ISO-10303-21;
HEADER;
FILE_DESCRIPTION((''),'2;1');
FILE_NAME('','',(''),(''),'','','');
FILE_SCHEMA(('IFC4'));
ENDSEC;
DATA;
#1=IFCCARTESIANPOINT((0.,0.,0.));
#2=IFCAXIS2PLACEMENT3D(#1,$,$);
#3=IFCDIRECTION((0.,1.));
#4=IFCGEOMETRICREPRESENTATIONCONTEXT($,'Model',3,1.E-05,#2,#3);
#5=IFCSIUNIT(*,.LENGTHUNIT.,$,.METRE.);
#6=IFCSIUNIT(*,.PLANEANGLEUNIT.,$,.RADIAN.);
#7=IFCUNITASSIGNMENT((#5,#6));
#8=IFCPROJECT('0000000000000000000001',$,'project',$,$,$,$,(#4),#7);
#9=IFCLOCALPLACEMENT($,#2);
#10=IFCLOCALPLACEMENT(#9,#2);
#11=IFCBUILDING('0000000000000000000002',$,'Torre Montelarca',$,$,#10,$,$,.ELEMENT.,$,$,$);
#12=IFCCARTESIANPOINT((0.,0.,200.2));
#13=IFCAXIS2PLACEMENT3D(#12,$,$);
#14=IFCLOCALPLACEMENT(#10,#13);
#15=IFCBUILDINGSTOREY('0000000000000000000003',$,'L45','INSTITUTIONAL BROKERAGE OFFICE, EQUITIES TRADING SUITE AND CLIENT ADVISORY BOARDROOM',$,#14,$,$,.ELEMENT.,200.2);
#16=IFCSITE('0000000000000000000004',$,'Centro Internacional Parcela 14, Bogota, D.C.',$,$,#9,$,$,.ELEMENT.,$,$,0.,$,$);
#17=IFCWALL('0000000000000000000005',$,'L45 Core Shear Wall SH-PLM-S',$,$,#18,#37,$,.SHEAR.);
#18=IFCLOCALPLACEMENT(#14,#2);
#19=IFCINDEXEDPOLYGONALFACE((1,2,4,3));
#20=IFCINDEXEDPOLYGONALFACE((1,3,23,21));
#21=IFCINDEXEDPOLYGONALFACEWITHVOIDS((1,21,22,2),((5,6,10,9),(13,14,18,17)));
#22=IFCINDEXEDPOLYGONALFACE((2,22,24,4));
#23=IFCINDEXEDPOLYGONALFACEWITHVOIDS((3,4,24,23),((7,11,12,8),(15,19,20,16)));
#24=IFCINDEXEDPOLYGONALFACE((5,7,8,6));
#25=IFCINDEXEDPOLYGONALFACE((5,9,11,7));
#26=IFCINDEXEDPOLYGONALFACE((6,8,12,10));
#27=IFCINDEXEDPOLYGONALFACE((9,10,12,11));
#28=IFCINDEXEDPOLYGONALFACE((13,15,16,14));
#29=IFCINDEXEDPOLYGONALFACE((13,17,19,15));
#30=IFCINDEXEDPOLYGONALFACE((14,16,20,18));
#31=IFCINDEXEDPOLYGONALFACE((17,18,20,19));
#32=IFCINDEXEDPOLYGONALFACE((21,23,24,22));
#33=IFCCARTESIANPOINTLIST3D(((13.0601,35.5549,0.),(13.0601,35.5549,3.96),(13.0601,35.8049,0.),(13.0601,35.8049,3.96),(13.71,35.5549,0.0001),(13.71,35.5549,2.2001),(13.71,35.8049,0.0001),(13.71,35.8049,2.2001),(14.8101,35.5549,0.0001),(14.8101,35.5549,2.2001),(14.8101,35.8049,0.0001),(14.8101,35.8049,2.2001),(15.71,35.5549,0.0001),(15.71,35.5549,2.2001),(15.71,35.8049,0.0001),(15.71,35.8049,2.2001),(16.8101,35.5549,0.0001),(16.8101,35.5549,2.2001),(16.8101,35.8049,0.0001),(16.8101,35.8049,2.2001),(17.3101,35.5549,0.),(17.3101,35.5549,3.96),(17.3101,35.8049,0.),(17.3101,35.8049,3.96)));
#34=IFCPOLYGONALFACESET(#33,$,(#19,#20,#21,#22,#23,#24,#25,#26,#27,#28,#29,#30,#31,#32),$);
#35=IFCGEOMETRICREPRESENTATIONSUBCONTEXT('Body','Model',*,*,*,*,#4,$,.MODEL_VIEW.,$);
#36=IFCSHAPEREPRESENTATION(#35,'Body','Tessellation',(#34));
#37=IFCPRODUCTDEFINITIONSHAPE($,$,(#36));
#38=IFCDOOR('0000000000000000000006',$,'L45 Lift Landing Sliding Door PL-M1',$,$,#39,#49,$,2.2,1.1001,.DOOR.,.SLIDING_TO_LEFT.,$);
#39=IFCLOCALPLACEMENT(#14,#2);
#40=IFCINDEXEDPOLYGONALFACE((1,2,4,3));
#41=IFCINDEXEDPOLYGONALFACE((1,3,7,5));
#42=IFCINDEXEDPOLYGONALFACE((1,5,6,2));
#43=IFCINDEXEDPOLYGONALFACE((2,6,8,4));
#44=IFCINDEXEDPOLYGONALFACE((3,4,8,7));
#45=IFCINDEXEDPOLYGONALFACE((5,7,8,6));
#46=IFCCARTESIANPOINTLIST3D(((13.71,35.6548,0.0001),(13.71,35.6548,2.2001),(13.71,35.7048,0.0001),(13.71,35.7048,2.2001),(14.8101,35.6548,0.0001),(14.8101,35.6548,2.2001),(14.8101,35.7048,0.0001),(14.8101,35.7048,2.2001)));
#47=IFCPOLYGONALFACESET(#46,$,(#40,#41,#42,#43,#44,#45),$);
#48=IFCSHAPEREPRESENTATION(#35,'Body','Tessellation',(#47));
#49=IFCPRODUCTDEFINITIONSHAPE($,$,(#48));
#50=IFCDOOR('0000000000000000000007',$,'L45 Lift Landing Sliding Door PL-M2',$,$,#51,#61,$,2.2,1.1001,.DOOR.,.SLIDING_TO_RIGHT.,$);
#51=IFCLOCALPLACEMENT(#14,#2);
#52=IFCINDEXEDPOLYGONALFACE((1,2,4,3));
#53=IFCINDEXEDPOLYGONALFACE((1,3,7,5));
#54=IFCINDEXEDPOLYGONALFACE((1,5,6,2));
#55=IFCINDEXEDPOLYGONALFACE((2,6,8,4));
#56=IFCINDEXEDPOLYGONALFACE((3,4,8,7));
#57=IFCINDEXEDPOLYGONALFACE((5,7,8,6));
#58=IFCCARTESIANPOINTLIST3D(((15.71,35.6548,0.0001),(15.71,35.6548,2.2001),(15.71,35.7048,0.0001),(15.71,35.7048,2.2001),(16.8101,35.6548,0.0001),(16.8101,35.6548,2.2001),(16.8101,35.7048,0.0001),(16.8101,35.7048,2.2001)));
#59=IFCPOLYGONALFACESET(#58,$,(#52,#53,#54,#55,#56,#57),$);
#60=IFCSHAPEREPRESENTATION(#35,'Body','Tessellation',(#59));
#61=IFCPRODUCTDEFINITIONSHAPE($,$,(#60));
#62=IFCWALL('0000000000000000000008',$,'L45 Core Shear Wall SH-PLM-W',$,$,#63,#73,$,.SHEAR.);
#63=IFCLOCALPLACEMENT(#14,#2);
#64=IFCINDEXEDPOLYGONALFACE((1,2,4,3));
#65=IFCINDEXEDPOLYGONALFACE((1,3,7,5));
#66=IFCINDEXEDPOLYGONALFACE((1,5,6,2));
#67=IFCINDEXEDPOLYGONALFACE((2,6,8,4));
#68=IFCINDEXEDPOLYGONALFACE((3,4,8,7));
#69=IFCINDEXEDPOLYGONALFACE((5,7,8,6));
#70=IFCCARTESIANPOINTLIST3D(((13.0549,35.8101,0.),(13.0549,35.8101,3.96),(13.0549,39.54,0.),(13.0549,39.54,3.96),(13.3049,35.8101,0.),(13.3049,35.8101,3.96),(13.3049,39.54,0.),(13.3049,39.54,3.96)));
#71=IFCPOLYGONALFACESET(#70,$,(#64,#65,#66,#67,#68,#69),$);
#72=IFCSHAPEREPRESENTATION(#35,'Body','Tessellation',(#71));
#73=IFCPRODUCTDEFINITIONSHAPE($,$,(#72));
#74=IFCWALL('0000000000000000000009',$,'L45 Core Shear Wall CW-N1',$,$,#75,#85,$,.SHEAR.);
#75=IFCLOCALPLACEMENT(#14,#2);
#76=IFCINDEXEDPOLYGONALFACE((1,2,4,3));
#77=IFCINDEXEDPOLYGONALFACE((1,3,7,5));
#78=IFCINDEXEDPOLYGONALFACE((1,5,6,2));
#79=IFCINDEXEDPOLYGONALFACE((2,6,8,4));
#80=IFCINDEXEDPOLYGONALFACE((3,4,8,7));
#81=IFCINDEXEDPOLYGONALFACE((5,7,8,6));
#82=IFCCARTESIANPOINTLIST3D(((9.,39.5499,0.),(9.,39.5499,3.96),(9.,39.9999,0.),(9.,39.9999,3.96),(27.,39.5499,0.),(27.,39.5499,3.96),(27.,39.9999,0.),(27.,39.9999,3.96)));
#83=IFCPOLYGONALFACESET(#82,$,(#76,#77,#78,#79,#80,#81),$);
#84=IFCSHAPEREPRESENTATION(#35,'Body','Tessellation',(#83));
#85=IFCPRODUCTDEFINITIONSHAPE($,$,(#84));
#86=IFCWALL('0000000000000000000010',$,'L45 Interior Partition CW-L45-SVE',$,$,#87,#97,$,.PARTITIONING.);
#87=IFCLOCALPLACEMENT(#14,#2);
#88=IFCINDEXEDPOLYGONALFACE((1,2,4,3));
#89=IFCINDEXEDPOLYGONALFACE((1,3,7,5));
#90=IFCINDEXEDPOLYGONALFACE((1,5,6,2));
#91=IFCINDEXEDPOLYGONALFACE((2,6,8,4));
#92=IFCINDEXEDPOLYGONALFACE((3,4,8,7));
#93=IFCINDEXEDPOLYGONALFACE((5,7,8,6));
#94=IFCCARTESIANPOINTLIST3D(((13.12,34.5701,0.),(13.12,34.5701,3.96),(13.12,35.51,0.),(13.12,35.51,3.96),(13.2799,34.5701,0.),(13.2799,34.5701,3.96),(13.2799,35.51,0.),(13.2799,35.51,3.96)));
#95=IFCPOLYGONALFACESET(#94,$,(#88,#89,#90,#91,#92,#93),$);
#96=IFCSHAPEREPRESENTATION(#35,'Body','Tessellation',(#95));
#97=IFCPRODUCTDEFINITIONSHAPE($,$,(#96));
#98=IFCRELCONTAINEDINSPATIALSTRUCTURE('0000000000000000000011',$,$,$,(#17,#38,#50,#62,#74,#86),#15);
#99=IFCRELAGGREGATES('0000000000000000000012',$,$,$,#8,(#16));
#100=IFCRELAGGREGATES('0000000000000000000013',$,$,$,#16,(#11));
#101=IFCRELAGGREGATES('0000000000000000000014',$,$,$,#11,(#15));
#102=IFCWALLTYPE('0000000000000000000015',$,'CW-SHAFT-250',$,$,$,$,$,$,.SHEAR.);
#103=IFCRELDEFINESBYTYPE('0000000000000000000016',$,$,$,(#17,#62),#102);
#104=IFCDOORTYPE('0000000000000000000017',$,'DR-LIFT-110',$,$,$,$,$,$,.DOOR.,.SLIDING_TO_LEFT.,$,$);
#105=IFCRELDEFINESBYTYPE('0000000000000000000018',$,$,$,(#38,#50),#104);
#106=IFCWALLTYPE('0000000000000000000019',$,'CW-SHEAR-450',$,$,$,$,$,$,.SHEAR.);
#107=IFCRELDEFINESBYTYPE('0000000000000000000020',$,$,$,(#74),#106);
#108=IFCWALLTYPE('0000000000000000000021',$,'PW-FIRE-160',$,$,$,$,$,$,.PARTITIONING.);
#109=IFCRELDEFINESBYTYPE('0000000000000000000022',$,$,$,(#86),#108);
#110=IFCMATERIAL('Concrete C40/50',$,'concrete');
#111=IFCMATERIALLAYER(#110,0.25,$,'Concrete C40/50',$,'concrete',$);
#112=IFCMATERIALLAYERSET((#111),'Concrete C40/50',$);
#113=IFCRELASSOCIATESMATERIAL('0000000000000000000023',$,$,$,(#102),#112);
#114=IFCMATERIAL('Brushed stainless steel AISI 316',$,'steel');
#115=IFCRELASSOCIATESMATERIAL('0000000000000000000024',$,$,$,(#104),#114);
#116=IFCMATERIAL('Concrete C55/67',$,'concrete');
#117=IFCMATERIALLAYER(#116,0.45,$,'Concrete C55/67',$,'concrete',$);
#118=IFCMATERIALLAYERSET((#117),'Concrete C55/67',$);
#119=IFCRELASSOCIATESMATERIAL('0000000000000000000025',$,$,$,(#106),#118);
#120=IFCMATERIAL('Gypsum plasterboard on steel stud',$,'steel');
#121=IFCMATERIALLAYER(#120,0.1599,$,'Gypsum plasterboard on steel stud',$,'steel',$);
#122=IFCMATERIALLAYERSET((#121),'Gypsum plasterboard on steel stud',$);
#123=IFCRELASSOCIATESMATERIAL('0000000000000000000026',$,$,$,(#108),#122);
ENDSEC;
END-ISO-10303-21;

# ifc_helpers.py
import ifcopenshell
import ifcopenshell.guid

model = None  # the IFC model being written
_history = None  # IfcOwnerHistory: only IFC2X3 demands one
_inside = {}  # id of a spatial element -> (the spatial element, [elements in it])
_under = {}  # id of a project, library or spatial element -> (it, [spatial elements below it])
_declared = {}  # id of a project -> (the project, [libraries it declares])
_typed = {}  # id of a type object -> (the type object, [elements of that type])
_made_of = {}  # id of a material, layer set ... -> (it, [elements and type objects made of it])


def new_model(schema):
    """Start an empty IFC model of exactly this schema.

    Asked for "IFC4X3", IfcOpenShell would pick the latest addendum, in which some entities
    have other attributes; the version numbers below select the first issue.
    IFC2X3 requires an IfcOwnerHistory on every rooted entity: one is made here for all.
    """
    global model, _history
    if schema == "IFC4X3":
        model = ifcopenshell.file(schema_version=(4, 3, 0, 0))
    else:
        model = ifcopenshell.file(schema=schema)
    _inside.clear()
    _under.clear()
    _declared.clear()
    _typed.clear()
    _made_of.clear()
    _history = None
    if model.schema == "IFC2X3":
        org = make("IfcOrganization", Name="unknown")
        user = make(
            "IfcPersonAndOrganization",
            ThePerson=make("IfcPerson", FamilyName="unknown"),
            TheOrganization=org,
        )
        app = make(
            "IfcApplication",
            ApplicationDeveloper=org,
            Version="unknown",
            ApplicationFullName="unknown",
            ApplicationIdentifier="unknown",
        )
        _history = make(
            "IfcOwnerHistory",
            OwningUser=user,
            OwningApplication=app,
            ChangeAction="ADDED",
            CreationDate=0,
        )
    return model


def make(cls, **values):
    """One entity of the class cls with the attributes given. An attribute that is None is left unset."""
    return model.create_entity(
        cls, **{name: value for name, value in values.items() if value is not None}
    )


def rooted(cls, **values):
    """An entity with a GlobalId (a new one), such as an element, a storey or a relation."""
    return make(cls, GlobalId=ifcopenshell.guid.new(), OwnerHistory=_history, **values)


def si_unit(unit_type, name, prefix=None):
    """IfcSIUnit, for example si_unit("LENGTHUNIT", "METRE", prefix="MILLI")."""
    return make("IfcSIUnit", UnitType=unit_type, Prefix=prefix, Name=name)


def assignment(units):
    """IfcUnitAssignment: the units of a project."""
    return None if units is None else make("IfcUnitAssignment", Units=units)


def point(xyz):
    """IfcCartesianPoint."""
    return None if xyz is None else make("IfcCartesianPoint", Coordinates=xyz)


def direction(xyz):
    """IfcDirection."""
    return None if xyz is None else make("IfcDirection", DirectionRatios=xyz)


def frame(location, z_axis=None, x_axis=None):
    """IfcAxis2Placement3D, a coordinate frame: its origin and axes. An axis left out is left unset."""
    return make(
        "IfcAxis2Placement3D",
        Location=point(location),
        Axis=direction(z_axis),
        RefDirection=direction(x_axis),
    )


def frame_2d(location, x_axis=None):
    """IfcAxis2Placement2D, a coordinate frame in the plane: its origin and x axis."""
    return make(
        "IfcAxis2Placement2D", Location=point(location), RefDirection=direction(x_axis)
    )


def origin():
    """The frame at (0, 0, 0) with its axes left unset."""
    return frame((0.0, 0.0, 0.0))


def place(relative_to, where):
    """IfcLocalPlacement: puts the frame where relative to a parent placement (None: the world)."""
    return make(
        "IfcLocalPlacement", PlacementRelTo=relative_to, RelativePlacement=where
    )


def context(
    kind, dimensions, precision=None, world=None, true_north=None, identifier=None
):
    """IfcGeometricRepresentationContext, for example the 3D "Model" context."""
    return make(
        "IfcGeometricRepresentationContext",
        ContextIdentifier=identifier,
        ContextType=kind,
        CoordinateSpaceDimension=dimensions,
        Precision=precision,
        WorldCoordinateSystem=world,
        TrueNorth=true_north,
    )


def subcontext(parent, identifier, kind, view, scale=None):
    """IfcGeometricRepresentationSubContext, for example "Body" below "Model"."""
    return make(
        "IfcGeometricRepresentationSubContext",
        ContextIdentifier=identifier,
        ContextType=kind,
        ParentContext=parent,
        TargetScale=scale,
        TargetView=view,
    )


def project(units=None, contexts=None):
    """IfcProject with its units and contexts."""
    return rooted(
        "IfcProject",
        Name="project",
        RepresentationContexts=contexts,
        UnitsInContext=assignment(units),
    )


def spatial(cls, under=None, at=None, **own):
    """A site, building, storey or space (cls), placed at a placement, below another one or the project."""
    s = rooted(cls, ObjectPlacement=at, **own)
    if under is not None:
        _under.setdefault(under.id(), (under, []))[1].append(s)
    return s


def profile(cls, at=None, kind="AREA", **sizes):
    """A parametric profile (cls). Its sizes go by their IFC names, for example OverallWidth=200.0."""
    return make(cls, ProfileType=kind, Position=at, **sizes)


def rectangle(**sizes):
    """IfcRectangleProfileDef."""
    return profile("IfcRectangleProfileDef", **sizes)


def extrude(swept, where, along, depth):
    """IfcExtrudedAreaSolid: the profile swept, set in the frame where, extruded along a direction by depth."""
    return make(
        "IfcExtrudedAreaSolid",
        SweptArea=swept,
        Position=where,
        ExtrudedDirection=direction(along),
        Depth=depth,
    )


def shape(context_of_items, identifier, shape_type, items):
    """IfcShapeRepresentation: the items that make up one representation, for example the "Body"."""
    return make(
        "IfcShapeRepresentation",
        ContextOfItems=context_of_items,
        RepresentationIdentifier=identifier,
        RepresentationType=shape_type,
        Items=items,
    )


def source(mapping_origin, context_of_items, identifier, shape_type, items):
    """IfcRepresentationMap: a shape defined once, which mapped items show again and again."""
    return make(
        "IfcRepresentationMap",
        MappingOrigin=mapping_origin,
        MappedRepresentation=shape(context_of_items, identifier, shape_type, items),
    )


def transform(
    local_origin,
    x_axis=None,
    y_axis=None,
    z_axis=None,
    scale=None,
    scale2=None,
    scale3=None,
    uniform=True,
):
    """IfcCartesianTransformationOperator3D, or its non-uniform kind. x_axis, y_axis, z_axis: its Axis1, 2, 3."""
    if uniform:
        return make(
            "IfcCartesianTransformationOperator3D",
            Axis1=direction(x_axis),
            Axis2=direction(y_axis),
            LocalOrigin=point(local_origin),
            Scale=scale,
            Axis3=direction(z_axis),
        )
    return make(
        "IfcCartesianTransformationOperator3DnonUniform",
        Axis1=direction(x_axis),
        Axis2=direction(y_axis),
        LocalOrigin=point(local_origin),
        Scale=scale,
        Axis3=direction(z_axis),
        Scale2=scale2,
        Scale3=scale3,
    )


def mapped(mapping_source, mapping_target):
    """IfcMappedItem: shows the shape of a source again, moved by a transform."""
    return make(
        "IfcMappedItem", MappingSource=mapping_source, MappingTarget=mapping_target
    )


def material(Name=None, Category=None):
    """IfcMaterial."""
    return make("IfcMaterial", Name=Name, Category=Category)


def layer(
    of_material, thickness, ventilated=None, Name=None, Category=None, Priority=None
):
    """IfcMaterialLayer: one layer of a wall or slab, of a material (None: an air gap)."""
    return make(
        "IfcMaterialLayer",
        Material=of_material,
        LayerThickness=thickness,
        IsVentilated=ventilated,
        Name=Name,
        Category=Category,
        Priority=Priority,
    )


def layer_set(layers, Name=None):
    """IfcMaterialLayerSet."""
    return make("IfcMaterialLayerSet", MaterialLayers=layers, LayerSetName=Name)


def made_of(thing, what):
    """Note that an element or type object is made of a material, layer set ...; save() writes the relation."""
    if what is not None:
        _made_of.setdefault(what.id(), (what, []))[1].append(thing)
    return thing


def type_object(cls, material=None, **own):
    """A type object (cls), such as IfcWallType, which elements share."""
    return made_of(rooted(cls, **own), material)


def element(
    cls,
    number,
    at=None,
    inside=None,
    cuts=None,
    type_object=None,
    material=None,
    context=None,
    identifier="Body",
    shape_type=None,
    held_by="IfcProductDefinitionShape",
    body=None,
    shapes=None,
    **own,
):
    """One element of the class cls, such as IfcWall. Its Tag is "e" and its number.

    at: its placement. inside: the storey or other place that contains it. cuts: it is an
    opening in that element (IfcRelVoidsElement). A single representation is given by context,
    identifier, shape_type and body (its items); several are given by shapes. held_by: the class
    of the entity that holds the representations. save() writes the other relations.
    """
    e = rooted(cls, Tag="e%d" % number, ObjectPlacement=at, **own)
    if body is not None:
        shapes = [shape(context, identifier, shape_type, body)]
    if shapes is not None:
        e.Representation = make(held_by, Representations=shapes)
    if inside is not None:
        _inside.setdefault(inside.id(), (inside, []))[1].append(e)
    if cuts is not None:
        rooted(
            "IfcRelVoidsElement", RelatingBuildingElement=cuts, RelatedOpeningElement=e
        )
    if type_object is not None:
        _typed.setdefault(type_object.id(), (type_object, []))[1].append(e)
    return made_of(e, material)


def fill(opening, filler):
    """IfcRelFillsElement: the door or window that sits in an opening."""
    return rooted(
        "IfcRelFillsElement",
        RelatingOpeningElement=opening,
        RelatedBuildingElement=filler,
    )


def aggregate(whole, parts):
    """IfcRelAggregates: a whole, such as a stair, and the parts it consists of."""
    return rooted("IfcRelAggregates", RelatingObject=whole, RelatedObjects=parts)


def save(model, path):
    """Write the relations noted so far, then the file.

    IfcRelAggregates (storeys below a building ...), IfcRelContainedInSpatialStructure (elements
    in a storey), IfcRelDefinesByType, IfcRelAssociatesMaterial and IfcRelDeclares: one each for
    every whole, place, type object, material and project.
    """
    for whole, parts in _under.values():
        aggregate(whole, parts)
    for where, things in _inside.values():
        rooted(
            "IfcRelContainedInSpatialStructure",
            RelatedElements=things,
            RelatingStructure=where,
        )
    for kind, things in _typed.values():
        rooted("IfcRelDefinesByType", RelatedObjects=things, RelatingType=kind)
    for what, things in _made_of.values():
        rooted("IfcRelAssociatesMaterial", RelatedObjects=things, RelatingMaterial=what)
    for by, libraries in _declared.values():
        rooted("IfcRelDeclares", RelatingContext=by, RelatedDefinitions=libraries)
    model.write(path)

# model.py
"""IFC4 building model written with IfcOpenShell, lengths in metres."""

from ifc_helpers import new_model, si_unit, direction, frame, frame_2d, origin, place, context, subcontext, project, spatial, rectangle, extrude, source, transform, mapped, material, layer, layer_set, type_object, element, fill, save


model = new_model("IFC4")

# Units and contexts
model_context = context("Model", 3, precision=1e-05, world=origin(), true_north=direction((0.0, 1.0)))
body_context = subcontext(model_context, "Body", "Model", "MODEL_VIEW")
ifc_project = project(units=[si_unit("LENGTHUNIT", "METRE"), si_unit("PLANEANGLEUNIT", "RADIAN")], contexts=[model_context])

# Site, building, storey
site_placement = place(None, origin())
site = spatial("IfcSite", under=ifc_project, at=site_placement, Name="Centro Internacional Parcela 14, Bogota, D.C.", CompositionType="ELEMENT", RefElevation=0.0)
building_placement = place(site_placement, origin())
building = spatial("IfcBuilding", under=site, at=building_placement, Name="Torre Montelarca", CompositionType="ELEMENT")
storey_placement = place(building_placement, frame((0.0, 0.0, 200.2)))
storey = spatial("IfcBuildingStorey", under=building, at=storey_placement, Name="L45", Description="INSTITUTIONAL BROKERAGE OFFICE, EQUITIES TRADING SUITE AND CLIENT ADVISORY BOARDROOM", CompositionType="ELEMENT", Elevation=200.2)

# Shared definitions
ifc_material_1 = material(Name="Concrete C55/67", Category="concrete")

# Shared definitions
ifc_material_2 = material(Name="Concrete C40/50", Category="concrete")
ifc_layer_1 = layer(ifc_material_2, 0.25, Name="Concrete C40/50", Category="concrete")
ifc_layer_set_1 = layer_set([ifc_layer_1], Name="Concrete C40/50")
wall_type_1 = type_object("IfcWallType", Name="CW-SHAFT-250", PredefinedType="SHEAR", material=ifc_layer_set_1)
ifc_material_3 = material(Name="Brushed stainless steel AISI 316", Category="steel")

# Wall, openings, doors
wall_1_placement = place(storey_placement, frame((13.0601, 35.6799, 0.0), z_axis=(0.0, 0.0, 1.0), x_axis=(1.0, 0.0, 0.0)))
wall_1 = element("IfcWall", 1, at=wall_1_placement, inside=storey, type_object=wall_type_1, Name="L45 Core Shear Wall SH-PLM-S", PredefinedType="SHEAR", context=body_context, shape_type="SweptSolid", body=[
    extrude(rectangle(XDim=4.25, YDim=0.25, at=frame_2d((2.125, 0.0))), origin(), (0.0, 0.0, 1.0), 3.96),
])
opening_1_placement = place(wall_1_placement, frame((0.6499, 0.0, 0.0)))
opening_1 = element("IfcOpeningElement", 2, at=opening_1_placement, cuts=wall_1, PredefinedType="OPENING", context=body_context, shape_type="SweptSolid", body=[
    extrude(rectangle(XDim=1.1001, YDim=2.2, at=frame_2d((0.55, 1.1001))), frame((0.0, 0.135, 0.0), z_axis=(0.0, -1.0, 0.0), x_axis=(1.0, 0.0, 0.0)), (0.0, 0.0, 1.0), 0.27),
])
opening_2_placement = place(wall_1_placement, frame((2.6499, 0.0, 0.0)))
opening_2 = element("IfcOpeningElement", 3, at=opening_2_placement, cuts=wall_1, PredefinedType="OPENING", context=body_context, shape_type="SweptSolid", body=[
    extrude(rectangle(XDim=1.1001, YDim=2.2, at=frame_2d((0.55, 1.1001))), frame((0.0, 0.135, 0.0), z_axis=(0.0, -1.0, 0.0), x_axis=(1.0, 0.0, 0.0)), (0.0, 0.0, 1.0), 0.27),
])
door_type_1 = type_object("IfcDoorType", Name="DR-LIFT-110", OperationType="SLIDING_TO_LEFT", PredefinedType="DOOR", material=ifc_material_3)
shared_shape_1 = source(origin(), body_context, "Body", "SweptSolid", [
    extrude(rectangle(XDim=1.1001, YDim=2.2, at=frame_2d((0.55, 1.1001))), frame((0.0, 0.0249, 0.0), z_axis=(0.0, -1.0, 0.0), x_axis=(1.0, 0.0, 0.0)), (0.0, 0.0, 1.0), 0.05),
])
door_1_placement = place(opening_1_placement, origin())
door_1 = element("IfcDoor", 4, at=door_1_placement, inside=storey, type_object=door_type_1, Name="L45 Lift Landing Sliding Door PL-M1", OperationType="SLIDING_TO_LEFT", OverallHeight=2.2, OverallWidth=1.1001, PredefinedType="DOOR", context=body_context, shape_type="MappedRepresentation", body=[
    mapped(shared_shape_1, transform((0.0, 0.0, 0.0), scale=1.0)),
])
fill(opening_1, door_1)
door_2_placement = place(opening_2_placement, origin())
door_2 = element("IfcDoor", 5, at=door_2_placement, inside=storey, type_object=door_type_1, Name="L45 Lift Landing Sliding Door PL-M2", OperationType="SLIDING_TO_RIGHT", OverallHeight=2.2, OverallWidth=1.1001, PredefinedType="DOOR", context=body_context, shape_type="MappedRepresentation", body=[
    mapped(shared_shape_1, transform((0.0, 0.0, 0.0), scale=1.0)),
])
fill(opening_2, door_2)

# Walls
wall_2_placement = place(storey_placement, frame((13.1799, 35.8101, 0.0), z_axis=(0.0, 0.0, 1.0), x_axis=(0.0, 1.0, 0.0)))
element("IfcWall", 6, at=wall_2_placement, inside=storey, type_object=wall_type_1, Name="L45 Core Shear Wall SH-PLM-W", PredefinedType="SHEAR", context=body_context, shape_type="SweptSolid", body=[
    extrude(rectangle(XDim=3.73, YDim=0.25, at=frame_2d((1.865, 0.0))), origin(), (0.0, 0.0, 1.0), 3.96),
])
ifc_layer_2 = layer(ifc_material_1, 0.45, Name="Concrete C55/67", Category="concrete")
ifc_layer_set_2 = layer_set([ifc_layer_2], Name="Concrete C55/67")
wall_type_2 = type_object("IfcWallType", Name="CW-SHEAR-450", PredefinedType="SHEAR", material=ifc_layer_set_2)
wall_3_placement = place(storey_placement, frame((9.0, 39.7749, 0.0), z_axis=(0.0, 0.0, 1.0), x_axis=(1.0, 0.0, 0.0)))
element("IfcWall", 7, at=wall_3_placement, inside=storey, type_object=wall_type_2, Name="L45 Core Shear Wall CW-N1", PredefinedType="SHEAR", context=body_context, shape_type="SweptSolid", body=[
    extrude(rectangle(XDim=18.0, YDim=0.45, at=frame_2d((9.0, 0.0))), origin(), (0.0, 0.0, 1.0), 3.96),
])

# Shared definitions
ifc_material_4 = material(Name="Gypsum plasterboard on steel stud", Category="steel")
ifc_layer_3 = layer(ifc_material_4, 0.1599, Name="Gypsum plasterboard on steel stud", Category="steel")
ifc_layer_set_3 = layer_set([ifc_layer_3], Name="Gypsum plasterboard on steel stud")
wall_type_3 = type_object("IfcWallType", Name="PW-FIRE-160", PredefinedType="PARTITIONING", material=ifc_layer_set_3)

# Wall
wall_4_placement = place(storey_placement, frame((13.2, 34.5701, 0.0), z_axis=(0.0, 0.0, 1.0), x_axis=(0.0, 1.0, 0.0)))
element("IfcWall", 8, at=wall_4_placement, inside=storey, type_object=wall_type_3, Name="L45 Interior Partition CW-L45-SVE", PredefinedType="PARTITIONING", context=body_context, shape_type="SweptSolid", body=[
    extrude(rectangle(XDim=0.9399, YDim=0.1599, at=frame_2d((0.47, 0.0))), origin(), (0.0, 0.0, 1.0), 3.96),
])

save(model, "model.ifc")
